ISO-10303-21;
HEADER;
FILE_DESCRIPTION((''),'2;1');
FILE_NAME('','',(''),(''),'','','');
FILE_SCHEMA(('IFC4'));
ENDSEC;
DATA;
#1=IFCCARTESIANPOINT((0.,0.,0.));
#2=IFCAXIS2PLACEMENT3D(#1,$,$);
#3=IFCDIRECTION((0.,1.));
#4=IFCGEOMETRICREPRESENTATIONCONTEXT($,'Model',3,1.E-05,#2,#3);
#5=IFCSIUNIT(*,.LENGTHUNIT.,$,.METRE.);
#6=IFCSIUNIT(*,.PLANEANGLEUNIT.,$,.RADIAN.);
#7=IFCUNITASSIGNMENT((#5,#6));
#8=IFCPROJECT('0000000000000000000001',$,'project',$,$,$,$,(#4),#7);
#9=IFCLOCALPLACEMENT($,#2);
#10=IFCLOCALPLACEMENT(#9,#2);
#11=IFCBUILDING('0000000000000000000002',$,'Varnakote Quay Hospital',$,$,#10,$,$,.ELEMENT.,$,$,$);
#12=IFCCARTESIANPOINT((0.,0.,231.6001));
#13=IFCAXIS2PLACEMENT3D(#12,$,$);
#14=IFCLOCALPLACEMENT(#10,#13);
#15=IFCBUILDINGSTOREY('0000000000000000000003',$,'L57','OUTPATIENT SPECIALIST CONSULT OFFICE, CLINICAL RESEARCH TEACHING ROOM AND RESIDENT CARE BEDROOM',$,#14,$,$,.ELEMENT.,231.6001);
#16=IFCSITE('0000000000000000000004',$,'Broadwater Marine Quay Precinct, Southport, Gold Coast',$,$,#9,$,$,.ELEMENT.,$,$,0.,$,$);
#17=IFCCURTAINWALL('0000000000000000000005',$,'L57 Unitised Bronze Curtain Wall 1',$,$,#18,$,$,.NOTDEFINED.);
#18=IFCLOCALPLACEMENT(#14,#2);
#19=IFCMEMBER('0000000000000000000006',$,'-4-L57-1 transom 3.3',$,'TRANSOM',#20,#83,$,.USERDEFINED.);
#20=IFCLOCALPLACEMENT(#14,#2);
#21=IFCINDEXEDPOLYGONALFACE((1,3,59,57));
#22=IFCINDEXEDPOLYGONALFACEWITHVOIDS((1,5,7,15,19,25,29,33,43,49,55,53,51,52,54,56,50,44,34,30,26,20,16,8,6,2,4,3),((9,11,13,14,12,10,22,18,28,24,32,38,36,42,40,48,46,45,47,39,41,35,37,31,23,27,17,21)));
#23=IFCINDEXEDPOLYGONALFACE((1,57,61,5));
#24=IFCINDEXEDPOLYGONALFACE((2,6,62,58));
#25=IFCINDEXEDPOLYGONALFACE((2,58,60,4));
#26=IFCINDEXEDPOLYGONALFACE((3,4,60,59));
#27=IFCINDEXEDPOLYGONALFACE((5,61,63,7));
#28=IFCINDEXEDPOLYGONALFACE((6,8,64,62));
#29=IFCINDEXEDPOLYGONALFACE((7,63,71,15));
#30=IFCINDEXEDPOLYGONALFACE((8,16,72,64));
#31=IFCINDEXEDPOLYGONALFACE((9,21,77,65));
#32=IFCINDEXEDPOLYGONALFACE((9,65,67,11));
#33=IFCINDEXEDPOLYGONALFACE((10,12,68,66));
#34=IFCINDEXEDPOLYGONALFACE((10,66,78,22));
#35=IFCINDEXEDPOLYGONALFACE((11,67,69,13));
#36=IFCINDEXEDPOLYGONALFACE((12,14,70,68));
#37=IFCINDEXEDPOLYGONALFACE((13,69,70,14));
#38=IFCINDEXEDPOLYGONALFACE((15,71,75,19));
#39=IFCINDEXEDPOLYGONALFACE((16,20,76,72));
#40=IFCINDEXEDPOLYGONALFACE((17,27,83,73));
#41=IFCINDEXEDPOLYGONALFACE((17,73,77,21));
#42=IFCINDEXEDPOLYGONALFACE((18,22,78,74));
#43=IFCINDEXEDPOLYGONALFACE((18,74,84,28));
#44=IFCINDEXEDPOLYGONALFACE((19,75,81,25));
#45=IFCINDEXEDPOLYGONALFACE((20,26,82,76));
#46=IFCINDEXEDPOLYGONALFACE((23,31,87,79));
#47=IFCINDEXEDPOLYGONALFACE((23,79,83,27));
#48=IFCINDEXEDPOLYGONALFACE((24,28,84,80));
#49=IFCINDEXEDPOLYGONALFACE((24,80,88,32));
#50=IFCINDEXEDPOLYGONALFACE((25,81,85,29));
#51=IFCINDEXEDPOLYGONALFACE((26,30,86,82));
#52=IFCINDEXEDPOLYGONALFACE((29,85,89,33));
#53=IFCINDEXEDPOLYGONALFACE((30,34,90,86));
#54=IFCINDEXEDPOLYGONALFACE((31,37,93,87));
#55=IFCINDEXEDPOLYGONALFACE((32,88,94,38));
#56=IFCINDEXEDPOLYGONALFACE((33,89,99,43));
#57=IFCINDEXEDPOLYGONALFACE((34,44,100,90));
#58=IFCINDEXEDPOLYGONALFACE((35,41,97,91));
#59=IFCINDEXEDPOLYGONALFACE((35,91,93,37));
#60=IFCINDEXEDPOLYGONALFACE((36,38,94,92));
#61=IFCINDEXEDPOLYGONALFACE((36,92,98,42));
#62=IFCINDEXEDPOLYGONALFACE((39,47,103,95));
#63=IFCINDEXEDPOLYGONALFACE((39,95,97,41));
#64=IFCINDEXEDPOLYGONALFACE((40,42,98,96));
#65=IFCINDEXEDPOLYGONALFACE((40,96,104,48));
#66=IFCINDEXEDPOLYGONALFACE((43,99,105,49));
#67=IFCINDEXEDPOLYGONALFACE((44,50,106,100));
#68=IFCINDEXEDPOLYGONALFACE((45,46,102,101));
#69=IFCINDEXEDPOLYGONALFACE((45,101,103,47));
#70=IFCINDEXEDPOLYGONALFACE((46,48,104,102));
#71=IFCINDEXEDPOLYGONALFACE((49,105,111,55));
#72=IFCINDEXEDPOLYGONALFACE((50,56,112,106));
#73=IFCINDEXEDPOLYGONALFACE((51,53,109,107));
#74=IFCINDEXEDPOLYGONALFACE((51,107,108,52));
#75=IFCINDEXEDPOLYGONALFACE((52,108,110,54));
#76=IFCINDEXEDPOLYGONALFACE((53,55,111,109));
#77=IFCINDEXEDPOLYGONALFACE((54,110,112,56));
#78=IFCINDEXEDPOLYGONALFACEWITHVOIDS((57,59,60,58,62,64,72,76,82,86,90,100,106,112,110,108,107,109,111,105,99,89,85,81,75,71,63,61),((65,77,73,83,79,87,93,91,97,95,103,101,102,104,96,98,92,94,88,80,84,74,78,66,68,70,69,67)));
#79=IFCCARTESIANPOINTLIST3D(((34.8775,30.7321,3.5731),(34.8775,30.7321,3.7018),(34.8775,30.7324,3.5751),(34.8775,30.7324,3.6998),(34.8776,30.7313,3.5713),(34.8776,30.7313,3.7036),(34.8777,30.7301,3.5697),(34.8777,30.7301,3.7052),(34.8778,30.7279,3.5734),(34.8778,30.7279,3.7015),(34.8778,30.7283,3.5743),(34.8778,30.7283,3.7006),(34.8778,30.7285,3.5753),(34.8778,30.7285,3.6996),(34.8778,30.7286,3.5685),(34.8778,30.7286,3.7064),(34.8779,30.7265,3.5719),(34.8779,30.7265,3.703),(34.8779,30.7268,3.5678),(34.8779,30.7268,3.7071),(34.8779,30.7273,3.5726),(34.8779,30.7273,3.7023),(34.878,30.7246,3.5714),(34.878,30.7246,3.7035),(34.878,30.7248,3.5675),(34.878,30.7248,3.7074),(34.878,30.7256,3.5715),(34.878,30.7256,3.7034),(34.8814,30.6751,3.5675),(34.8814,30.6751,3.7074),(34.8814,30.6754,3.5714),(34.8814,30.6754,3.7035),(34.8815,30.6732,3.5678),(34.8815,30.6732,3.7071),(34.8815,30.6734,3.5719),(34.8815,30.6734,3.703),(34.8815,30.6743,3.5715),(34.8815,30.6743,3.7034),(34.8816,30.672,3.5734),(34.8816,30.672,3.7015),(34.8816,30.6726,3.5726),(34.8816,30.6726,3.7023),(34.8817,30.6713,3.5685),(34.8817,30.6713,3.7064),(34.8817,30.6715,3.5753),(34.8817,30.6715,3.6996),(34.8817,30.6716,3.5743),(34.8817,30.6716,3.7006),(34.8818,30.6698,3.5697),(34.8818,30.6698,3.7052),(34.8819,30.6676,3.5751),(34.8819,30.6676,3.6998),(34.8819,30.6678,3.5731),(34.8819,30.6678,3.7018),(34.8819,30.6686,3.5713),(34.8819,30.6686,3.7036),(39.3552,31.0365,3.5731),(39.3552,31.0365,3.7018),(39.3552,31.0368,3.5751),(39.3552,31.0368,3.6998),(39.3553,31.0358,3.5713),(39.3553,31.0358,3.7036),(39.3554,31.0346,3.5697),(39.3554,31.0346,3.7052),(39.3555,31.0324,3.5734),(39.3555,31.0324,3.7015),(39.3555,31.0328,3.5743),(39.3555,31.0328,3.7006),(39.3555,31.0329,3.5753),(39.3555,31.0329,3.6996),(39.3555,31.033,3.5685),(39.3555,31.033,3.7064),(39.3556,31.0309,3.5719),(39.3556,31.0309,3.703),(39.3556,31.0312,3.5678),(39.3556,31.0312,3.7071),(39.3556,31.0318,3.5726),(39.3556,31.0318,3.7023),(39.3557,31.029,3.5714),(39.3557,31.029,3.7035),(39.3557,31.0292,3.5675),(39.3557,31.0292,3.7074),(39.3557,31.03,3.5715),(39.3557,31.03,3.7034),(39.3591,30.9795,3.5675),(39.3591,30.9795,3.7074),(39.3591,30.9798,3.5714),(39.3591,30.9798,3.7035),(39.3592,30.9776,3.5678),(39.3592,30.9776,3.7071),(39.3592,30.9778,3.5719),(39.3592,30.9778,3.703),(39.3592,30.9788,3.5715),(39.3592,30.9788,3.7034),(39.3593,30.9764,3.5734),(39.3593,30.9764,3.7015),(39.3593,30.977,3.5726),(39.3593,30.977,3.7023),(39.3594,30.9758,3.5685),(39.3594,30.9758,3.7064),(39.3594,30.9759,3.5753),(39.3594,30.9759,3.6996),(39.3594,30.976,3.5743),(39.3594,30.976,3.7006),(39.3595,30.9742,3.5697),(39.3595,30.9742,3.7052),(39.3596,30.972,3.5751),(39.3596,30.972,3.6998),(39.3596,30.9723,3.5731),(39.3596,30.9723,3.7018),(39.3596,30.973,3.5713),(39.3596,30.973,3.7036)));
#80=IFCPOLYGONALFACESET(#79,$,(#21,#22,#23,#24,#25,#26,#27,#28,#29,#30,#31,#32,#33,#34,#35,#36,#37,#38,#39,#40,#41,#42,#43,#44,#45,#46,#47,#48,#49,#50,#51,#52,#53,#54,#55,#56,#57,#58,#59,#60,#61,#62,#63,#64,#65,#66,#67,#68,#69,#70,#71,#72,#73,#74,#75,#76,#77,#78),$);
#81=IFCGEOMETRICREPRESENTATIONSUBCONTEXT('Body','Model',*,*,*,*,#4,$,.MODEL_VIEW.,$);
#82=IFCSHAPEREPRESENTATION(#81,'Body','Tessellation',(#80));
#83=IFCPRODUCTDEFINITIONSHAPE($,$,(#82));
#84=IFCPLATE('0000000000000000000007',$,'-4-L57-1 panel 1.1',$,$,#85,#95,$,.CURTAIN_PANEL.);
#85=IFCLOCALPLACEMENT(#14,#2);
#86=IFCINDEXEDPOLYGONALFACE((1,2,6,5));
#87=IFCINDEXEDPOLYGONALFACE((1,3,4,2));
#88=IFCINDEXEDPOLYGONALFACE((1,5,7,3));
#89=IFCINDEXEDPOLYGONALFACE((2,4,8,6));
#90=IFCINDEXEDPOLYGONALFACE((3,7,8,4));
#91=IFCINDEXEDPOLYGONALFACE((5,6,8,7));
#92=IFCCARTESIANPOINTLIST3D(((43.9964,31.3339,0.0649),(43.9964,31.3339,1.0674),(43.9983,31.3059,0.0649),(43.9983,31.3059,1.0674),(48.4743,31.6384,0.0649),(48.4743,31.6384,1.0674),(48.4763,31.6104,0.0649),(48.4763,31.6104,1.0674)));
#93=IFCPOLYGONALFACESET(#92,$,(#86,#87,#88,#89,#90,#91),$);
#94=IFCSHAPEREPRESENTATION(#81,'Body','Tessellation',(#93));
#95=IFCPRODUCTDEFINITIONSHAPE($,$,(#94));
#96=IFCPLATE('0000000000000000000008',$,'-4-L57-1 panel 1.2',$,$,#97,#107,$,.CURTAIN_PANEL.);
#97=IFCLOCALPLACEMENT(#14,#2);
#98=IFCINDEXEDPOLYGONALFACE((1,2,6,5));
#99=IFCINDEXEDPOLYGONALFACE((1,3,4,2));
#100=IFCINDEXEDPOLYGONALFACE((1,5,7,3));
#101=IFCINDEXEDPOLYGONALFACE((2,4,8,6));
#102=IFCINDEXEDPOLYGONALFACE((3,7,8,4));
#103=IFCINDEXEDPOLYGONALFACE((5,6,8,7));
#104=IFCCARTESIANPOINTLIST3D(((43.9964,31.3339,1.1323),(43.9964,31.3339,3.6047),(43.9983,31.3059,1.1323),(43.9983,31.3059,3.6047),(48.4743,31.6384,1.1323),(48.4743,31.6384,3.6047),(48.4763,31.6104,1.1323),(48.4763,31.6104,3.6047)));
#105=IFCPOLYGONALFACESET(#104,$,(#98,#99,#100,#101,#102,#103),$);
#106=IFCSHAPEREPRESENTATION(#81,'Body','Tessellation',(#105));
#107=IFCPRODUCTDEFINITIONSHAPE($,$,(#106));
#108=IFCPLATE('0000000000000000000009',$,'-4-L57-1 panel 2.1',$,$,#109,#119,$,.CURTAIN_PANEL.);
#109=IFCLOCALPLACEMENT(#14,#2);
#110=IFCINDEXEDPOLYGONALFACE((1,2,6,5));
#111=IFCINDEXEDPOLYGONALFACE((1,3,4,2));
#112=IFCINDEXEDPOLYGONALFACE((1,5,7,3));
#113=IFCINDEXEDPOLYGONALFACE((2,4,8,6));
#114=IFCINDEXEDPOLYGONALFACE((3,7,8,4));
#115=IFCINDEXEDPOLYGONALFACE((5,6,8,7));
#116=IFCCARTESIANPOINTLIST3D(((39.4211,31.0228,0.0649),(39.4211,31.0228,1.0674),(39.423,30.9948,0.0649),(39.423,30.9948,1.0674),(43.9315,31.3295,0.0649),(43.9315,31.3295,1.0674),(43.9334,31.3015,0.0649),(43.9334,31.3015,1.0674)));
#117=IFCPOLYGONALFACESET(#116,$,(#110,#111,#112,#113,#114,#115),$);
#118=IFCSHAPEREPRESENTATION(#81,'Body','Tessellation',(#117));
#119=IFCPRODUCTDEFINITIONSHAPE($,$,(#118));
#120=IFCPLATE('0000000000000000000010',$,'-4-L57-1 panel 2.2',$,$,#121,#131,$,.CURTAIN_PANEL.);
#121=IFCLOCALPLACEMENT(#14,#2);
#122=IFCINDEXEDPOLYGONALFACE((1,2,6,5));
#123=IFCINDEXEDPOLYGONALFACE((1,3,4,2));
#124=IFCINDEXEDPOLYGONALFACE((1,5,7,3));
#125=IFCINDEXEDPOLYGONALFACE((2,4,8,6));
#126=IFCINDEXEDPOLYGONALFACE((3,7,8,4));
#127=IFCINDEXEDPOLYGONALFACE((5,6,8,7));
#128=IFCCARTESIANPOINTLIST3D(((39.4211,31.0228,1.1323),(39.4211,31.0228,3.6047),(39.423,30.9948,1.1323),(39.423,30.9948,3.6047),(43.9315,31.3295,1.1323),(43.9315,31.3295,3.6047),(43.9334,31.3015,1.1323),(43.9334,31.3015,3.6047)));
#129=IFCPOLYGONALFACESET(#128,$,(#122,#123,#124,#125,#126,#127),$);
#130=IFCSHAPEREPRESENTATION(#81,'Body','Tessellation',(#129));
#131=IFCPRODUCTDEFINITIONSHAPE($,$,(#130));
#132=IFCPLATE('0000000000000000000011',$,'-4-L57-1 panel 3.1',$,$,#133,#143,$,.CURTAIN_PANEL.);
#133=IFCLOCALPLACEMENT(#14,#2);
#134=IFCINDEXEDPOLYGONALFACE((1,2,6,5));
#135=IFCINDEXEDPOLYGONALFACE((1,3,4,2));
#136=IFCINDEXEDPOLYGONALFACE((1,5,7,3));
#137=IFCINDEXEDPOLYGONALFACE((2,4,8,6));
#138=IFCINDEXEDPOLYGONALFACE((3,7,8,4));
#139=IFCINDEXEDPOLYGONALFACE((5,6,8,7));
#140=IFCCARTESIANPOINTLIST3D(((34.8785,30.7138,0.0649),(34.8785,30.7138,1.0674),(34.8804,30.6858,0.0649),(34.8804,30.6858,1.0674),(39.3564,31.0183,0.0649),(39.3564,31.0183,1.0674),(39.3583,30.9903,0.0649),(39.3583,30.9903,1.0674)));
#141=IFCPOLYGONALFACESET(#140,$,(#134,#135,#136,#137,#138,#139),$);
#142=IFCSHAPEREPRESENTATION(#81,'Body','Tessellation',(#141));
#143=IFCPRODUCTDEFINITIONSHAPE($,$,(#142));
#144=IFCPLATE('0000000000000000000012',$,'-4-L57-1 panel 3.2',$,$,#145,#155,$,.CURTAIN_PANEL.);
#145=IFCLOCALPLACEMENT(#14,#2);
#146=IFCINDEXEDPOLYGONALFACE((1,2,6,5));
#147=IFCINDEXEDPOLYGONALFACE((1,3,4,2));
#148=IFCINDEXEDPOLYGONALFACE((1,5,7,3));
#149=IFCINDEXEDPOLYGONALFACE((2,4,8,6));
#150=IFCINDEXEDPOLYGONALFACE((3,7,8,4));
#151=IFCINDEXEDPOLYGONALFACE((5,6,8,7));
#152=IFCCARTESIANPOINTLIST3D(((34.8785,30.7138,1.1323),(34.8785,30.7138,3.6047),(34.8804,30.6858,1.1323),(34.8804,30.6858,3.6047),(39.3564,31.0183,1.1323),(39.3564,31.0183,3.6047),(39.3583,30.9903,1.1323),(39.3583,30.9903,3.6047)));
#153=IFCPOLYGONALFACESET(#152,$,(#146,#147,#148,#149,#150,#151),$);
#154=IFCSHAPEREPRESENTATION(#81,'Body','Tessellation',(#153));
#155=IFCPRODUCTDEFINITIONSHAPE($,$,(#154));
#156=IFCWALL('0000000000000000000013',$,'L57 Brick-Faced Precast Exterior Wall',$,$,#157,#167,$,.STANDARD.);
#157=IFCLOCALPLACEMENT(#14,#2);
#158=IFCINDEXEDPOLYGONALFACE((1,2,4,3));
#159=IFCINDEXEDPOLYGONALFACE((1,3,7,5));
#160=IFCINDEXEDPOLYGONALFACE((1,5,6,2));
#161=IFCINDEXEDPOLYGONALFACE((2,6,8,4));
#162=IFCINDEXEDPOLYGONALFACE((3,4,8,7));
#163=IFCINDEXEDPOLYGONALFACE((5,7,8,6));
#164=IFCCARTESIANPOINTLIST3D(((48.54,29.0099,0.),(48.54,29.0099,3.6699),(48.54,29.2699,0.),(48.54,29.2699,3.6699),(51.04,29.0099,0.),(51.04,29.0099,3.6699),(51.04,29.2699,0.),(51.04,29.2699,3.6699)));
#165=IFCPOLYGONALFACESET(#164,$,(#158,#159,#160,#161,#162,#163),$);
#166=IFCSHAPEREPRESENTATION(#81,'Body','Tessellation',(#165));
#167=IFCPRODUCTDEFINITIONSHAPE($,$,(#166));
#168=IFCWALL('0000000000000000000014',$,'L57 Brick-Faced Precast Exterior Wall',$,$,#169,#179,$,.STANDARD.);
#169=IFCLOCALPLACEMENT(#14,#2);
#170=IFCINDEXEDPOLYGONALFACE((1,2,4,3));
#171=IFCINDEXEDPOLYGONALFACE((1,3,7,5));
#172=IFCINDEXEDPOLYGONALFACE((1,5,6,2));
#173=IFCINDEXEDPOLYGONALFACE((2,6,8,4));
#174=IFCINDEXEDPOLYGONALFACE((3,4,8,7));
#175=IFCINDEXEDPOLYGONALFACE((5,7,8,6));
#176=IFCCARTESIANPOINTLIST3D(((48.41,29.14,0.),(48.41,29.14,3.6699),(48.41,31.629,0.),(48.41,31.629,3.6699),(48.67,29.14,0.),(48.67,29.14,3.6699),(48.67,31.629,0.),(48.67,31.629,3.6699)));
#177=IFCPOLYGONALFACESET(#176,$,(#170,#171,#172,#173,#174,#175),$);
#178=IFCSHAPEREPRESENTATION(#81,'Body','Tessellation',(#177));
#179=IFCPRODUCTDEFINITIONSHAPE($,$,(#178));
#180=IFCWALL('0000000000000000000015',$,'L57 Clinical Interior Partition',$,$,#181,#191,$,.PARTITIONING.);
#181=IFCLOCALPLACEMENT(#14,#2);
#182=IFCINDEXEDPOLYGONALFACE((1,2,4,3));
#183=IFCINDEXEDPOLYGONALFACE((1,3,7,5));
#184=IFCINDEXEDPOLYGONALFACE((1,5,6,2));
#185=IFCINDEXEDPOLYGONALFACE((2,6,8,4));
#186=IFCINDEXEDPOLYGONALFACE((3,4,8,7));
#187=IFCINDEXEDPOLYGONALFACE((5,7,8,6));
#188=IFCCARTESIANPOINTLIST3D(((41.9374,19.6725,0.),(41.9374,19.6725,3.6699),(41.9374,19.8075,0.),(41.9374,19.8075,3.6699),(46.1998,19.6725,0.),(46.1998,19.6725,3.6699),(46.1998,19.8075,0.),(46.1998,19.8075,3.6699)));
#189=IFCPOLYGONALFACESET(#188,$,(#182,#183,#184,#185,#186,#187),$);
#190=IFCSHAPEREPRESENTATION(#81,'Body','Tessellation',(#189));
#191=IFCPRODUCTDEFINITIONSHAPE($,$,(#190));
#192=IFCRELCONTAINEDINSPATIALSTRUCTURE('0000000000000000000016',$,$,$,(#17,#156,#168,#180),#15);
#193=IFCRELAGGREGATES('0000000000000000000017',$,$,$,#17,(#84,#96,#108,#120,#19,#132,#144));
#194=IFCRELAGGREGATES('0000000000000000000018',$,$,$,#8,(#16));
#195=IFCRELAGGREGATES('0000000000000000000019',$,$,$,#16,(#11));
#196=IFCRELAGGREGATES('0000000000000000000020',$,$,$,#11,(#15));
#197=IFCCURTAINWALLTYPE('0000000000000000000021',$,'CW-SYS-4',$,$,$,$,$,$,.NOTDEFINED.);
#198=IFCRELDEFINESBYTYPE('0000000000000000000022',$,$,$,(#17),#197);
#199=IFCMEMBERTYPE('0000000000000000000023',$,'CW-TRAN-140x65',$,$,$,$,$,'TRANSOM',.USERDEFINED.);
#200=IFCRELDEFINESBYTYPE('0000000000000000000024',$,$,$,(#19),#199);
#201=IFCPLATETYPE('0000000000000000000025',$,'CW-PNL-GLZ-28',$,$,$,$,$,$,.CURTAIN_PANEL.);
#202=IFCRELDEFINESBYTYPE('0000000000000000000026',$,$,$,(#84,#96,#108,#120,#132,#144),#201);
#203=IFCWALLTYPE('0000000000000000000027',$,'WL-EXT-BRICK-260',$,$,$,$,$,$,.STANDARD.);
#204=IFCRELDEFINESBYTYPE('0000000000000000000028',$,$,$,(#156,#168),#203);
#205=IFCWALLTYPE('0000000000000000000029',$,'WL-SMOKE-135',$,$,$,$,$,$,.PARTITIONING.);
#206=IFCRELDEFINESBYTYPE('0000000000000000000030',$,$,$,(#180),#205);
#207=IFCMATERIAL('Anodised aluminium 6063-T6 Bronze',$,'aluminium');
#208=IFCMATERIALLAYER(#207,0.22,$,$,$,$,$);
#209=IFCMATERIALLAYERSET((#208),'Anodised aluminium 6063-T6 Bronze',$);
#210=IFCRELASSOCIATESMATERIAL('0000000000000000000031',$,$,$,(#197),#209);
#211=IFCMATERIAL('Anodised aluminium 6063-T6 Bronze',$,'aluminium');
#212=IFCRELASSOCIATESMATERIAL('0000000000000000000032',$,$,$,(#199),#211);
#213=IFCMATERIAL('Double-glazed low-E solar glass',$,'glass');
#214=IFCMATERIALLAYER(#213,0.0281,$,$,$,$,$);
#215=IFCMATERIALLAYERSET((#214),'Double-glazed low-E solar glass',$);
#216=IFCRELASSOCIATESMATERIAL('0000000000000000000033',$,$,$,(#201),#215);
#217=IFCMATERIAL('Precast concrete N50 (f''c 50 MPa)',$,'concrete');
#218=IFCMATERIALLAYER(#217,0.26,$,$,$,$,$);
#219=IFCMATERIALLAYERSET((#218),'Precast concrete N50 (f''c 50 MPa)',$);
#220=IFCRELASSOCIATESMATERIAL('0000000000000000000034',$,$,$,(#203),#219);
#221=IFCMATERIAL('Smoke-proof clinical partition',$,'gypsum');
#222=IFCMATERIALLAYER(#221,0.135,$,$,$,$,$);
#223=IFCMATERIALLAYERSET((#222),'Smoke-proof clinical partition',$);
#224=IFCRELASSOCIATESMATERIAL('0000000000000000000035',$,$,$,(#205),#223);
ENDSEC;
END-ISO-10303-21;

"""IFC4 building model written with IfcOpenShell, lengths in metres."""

from ifc_helpers import new_model, si_unit, direction, frame, frame_2d, origin, origin_2d, place, context, subcontext, project, spatial, rectangle, hollow_rectangle, extrude, material, layer, layer_set, material_profile, profile_set, type_object, element, aggregate, save


model = new_model("IFC4")

# Units and contexts
model_context = context("Model", 3, precision=1e-05, world=origin(), true_north=direction((0.0, 1.0)))
body_context = subcontext(model_context, "Body", "Model", "MODEL_VIEW")
ifc_project = project(units=[si_unit("LENGTHUNIT", "METRE"), si_unit("PLANEANGLEUNIT", "RADIAN")], contexts=[model_context])

# Site, building, storey
site_placement = place(None, origin())
site = spatial("IfcSite", under=ifc_project, at=site_placement, Name="Broadwater Marine Quay Precinct, Southport, Gold Coast", CompositionType="ELEMENT", RefElevation=0.0)
building_placement = place(site_placement, origin())
building = spatial("IfcBuilding", under=site, at=building_placement, Name="Varnakote Quay Hospital", CompositionType="ELEMENT")
storey_placement = place(building_placement, frame((0.0, 0.0, 231.6001)))
storey = spatial("IfcBuildingStorey", under=building, at=storey_placement, Name="L57", Description="OUTPATIENT SPECIALIST CONSULT OFFICE, CLINICAL RESEARCH TEACHING ROOM AND RESIDENT CARE BEDROOM", CompositionType="ELEMENT", Elevation=231.6001)

# Curtain wall, member, plates
ifc_material_1 = material(Name="Anodised aluminium 6063-T6 Bronze", Category="aluminium")
ifc_layer_1 = layer(ifc_material_1, 0.22)
ifc_layer_set_1 = layer_set([ifc_layer_1], Name="Anodised aluminium 6063-T6 Bronze")
curtain_wall_type = type_object("IfcCurtainWallType", Name="CW-SYS-4", PredefinedType="NOTDEFINED", material=ifc_layer_set_1)
curtain_wall_placement = place(storey_placement, origin())
curtain_wall = element("IfcCurtainWall", 1, at=curtain_wall_placement, inside=storey, type_object=curtain_wall_type, Name="L57 Unitised Bronze Curtain Wall 1", PredefinedType="NOTDEFINED")
ifc_material_2 = material(Name="Anodised aluminium 6063-T6 Bronze", Category="aluminium")
ifc_material_profile_1 = material_profile(ifc_material_2, hollow_rectangle(XDim=0.0649, YDim=0.1399, WallThickness=0.0039, InnerFilletRadius=0.0039, OuterFilletRadius=0.0076, at=origin_2d()), Name="CW-TRAN-140x65")
ifc_profile_set_1 = profile_set([ifc_material_profile_1], Name="Anodised aluminium 6063-T6 Bronze")
member_type_1 = type_object("IfcMemberType", Name="CW-TRAN-140x65", ElementType="TRANSOM", PredefinedType="USERDEFINED", material=ifc_profile_set_1)
member_1_placement = place(storey_placement, frame((39.3574, 31.0044, 3.6375), z_axis=(-0.997697, -0.067833, 0.0), x_axis=(0.067833, -0.997697, 0.0)))
member_1 = element("IfcMember", 2, at=member_1_placement, type_object=member_type_1, Name="-4-L57-1 transom 3.3", ObjectType="TRANSOM", PredefinedType="USERDEFINED", context=body_context, shape_type="SweptSolid", body=[
    extrude(hollow_rectangle(XDim=0.0649, YDim=0.1399, WallThickness=0.0039, InnerFilletRadius=0.0039, OuterFilletRadius=0.0076, at=origin_2d()), origin(), (0.0, 0.0, 1.0), 4.488),
])
ifc_material_3 = material(Name="Double-glazed low-E solar glass", Category="glass")
ifc_layer_2 = layer(ifc_material_3, 0.0281)
ifc_layer_set_2 = layer_set([ifc_layer_2], Name="Double-glazed low-E solar glass")
plate_type = type_object("IfcPlateType", Name="CW-PNL-GLZ-28", PredefinedType="CURTAIN_PANEL", material=ifc_layer_set_2)
plate_1_placement = place(storey_placement, frame((46.2363, 31.4722, 0.0649), z_axis=(0.0, 0.0, 1.0), x_axis=(-0.997696, -0.067842, 0.0)))
plate_1 = element("IfcPlate", 3, at=plate_1_placement, type_object=plate_type, Name="-4-L57-1 panel 1.1", PredefinedType="CURTAIN_PANEL", context=body_context, shape_type="SweptSolid", body=[
    extrude(rectangle(XDim=4.4883, YDim=0.0281, at=origin_2d()), origin(), (0.0, 0.0, 1.0), 1.0024),
])
plate_2_placement = place(storey_placement, frame((46.2363, 31.4722, 1.1323), z_axis=(0.0, 0.0, 1.0), x_axis=(-0.997696, -0.067842, 0.0)))
plate_2 = element("IfcPlate", 4, at=plate_2_placement, type_object=plate_type, Name="-4-L57-1 panel 1.2", PredefinedType="CURTAIN_PANEL", context=body_context, shape_type="SweptSolid", body=[
    extrude(rectangle(XDim=4.4883, YDim=0.0281, at=origin_2d()), origin(), (0.0, 0.0, 1.0), 2.4724),
])
plate_3_placement = place(storey_placement, frame((41.6772, 31.1621, 0.0649), z_axis=(0.0, 0.0, 1.0), x_axis=(-0.997696, -0.067842, 0.0)))
plate_3 = element("IfcPlate", 5, at=plate_3_placement, type_object=plate_type, Name="-4-L57-1 panel 2.1", PredefinedType="CURTAIN_PANEL", context=body_context, shape_type="SweptSolid", body=[
    extrude(rectangle(XDim=4.5208, YDim=0.0281, at=origin_2d()), origin(), (0.0, 0.0, 1.0), 1.0024),
])
plate_4_placement = place(storey_placement, frame((41.6772, 31.1621, 1.1323), z_axis=(0.0, 0.0, 1.0), x_axis=(-0.997696, -0.067842, 0.0)))
plate_4 = element("IfcPlate", 6, at=plate_4_placement, type_object=plate_type, Name="-4-L57-1 panel 2.2", PredefinedType="CURTAIN_PANEL", context=body_context, shape_type="SweptSolid", body=[
    extrude(rectangle(XDim=4.5208, YDim=0.0281, at=origin_2d()), origin(), (0.0, 0.0, 1.0), 2.4724),
])
plate_5_placement = place(storey_placement, frame((37.1184, 30.8521, 0.0649), z_axis=(0.0, 0.0, 1.0), x_axis=(-0.997696, -0.067842, 0.0)))
plate_5 = element("IfcPlate", 7, at=plate_5_placement, type_object=plate_type, Name="-4-L57-1 panel 3.1", PredefinedType="CURTAIN_PANEL", context=body_context, shape_type="SweptSolid", body=[
    extrude(rectangle(XDim=4.4883, YDim=0.0281, at=origin_2d()), origin(), (0.0, 0.0, 1.0), 1.0024),
])
plate_6_placement = place(storey_placement, frame((37.1184, 30.8521, 1.1323), z_axis=(0.0, 0.0, 1.0), x_axis=(-0.997696, -0.067842, 0.0)))
plate_6 = element("IfcPlate", 8, at=plate_6_placement, type_object=plate_type, Name="-4-L57-1 panel 3.2", PredefinedType="CURTAIN_PANEL", context=body_context, shape_type="SweptSolid", body=[
    extrude(rectangle(XDim=4.4883, YDim=0.0281, at=origin_2d()), origin(), (0.0, 0.0, 1.0), 2.4724),
])
aggregate(curtain_wall, [plate_1, plate_2, plate_3, plate_4, member_1, plate_5, plate_6])

# Walls
ifc_material_4 = material(Name="Precast concrete N50 (f'c 50 MPa)", Category="concrete")
ifc_layer_3 = layer(ifc_material_4, 0.26)
ifc_layer_set_3 = layer_set([ifc_layer_3], Name="Precast concrete N50 (f'c 50 MPa)")
wall_type_1 = type_object("IfcWallType", Name="WL-EXT-BRICK-260", PredefinedType="STANDARD", material=ifc_layer_set_3)
wall_1_placement = place(storey_placement, frame((51.04, 29.1399, 0.0), z_axis=(0.0, 0.0, 1.0), x_axis=(-1.0, 0.0, 0.0)))
element("IfcWall", 9, at=wall_1_placement, inside=storey, type_object=wall_type_1, Name="L57 Brick-Faced Precast Exterior Wall", PredefinedType="STANDARD", context=body_context, shape_type="SweptSolid", body=[
    extrude(rectangle(XDim=2.5, YDim=0.26, at=frame_2d((1.25, 0.0))), origin(), (0.0, 0.0, 1.0), 3.6699),
])
wall_2_placement = place(storey_placement, frame((48.54, 29.1399, 0.0), z_axis=(0.0, 0.0, 1.0), x_axis=(0.0, 1.0, 0.0)))
element("IfcWall", 10, at=wall_2_placement, inside=storey, type_object=wall_type_1, Name="L57 Brick-Faced Precast Exterior Wall", PredefinedType="STANDARD", context=body_context, shape_type="SweptSolid", body=[
    extrude(rectangle(XDim=2.489, YDim=0.26, at=frame_2d((1.2446, 0.0))), origin(), (0.0, 0.0, 1.0), 3.6699),
])
ifc_material_5 = material(Name="Smoke-proof clinical partition", Category="gypsum")
ifc_layer_4 = layer(ifc_material_5, 0.135)
ifc_layer_set_4 = layer_set([ifc_layer_4], Name="Smoke-proof clinical partition")
wall_type_2 = type_object("IfcWallType", Name="WL-SMOKE-135", PredefinedType="PARTITIONING", material=ifc_layer_set_4)
wall_3_placement = place(storey_placement, frame((46.2, 19.74, 0.0), z_axis=(0.0, 0.0, 1.0), x_axis=(-1.0, 0.0, 0.0)))
element("IfcWall", 11, at=wall_3_placement, inside=storey, type_object=wall_type_2, Name="L57 Clinical Interior Partition", PredefinedType="PARTITIONING", context=body_context, shape_type="SweptSolid", body=[
    extrude(rectangle(XDim=4.2625, YDim=0.135, at=frame_2d((2.1313, 0.0))), origin(), (0.0, 0.0, 1.0), 3.6699),
])

save(model, "model.ifc")
